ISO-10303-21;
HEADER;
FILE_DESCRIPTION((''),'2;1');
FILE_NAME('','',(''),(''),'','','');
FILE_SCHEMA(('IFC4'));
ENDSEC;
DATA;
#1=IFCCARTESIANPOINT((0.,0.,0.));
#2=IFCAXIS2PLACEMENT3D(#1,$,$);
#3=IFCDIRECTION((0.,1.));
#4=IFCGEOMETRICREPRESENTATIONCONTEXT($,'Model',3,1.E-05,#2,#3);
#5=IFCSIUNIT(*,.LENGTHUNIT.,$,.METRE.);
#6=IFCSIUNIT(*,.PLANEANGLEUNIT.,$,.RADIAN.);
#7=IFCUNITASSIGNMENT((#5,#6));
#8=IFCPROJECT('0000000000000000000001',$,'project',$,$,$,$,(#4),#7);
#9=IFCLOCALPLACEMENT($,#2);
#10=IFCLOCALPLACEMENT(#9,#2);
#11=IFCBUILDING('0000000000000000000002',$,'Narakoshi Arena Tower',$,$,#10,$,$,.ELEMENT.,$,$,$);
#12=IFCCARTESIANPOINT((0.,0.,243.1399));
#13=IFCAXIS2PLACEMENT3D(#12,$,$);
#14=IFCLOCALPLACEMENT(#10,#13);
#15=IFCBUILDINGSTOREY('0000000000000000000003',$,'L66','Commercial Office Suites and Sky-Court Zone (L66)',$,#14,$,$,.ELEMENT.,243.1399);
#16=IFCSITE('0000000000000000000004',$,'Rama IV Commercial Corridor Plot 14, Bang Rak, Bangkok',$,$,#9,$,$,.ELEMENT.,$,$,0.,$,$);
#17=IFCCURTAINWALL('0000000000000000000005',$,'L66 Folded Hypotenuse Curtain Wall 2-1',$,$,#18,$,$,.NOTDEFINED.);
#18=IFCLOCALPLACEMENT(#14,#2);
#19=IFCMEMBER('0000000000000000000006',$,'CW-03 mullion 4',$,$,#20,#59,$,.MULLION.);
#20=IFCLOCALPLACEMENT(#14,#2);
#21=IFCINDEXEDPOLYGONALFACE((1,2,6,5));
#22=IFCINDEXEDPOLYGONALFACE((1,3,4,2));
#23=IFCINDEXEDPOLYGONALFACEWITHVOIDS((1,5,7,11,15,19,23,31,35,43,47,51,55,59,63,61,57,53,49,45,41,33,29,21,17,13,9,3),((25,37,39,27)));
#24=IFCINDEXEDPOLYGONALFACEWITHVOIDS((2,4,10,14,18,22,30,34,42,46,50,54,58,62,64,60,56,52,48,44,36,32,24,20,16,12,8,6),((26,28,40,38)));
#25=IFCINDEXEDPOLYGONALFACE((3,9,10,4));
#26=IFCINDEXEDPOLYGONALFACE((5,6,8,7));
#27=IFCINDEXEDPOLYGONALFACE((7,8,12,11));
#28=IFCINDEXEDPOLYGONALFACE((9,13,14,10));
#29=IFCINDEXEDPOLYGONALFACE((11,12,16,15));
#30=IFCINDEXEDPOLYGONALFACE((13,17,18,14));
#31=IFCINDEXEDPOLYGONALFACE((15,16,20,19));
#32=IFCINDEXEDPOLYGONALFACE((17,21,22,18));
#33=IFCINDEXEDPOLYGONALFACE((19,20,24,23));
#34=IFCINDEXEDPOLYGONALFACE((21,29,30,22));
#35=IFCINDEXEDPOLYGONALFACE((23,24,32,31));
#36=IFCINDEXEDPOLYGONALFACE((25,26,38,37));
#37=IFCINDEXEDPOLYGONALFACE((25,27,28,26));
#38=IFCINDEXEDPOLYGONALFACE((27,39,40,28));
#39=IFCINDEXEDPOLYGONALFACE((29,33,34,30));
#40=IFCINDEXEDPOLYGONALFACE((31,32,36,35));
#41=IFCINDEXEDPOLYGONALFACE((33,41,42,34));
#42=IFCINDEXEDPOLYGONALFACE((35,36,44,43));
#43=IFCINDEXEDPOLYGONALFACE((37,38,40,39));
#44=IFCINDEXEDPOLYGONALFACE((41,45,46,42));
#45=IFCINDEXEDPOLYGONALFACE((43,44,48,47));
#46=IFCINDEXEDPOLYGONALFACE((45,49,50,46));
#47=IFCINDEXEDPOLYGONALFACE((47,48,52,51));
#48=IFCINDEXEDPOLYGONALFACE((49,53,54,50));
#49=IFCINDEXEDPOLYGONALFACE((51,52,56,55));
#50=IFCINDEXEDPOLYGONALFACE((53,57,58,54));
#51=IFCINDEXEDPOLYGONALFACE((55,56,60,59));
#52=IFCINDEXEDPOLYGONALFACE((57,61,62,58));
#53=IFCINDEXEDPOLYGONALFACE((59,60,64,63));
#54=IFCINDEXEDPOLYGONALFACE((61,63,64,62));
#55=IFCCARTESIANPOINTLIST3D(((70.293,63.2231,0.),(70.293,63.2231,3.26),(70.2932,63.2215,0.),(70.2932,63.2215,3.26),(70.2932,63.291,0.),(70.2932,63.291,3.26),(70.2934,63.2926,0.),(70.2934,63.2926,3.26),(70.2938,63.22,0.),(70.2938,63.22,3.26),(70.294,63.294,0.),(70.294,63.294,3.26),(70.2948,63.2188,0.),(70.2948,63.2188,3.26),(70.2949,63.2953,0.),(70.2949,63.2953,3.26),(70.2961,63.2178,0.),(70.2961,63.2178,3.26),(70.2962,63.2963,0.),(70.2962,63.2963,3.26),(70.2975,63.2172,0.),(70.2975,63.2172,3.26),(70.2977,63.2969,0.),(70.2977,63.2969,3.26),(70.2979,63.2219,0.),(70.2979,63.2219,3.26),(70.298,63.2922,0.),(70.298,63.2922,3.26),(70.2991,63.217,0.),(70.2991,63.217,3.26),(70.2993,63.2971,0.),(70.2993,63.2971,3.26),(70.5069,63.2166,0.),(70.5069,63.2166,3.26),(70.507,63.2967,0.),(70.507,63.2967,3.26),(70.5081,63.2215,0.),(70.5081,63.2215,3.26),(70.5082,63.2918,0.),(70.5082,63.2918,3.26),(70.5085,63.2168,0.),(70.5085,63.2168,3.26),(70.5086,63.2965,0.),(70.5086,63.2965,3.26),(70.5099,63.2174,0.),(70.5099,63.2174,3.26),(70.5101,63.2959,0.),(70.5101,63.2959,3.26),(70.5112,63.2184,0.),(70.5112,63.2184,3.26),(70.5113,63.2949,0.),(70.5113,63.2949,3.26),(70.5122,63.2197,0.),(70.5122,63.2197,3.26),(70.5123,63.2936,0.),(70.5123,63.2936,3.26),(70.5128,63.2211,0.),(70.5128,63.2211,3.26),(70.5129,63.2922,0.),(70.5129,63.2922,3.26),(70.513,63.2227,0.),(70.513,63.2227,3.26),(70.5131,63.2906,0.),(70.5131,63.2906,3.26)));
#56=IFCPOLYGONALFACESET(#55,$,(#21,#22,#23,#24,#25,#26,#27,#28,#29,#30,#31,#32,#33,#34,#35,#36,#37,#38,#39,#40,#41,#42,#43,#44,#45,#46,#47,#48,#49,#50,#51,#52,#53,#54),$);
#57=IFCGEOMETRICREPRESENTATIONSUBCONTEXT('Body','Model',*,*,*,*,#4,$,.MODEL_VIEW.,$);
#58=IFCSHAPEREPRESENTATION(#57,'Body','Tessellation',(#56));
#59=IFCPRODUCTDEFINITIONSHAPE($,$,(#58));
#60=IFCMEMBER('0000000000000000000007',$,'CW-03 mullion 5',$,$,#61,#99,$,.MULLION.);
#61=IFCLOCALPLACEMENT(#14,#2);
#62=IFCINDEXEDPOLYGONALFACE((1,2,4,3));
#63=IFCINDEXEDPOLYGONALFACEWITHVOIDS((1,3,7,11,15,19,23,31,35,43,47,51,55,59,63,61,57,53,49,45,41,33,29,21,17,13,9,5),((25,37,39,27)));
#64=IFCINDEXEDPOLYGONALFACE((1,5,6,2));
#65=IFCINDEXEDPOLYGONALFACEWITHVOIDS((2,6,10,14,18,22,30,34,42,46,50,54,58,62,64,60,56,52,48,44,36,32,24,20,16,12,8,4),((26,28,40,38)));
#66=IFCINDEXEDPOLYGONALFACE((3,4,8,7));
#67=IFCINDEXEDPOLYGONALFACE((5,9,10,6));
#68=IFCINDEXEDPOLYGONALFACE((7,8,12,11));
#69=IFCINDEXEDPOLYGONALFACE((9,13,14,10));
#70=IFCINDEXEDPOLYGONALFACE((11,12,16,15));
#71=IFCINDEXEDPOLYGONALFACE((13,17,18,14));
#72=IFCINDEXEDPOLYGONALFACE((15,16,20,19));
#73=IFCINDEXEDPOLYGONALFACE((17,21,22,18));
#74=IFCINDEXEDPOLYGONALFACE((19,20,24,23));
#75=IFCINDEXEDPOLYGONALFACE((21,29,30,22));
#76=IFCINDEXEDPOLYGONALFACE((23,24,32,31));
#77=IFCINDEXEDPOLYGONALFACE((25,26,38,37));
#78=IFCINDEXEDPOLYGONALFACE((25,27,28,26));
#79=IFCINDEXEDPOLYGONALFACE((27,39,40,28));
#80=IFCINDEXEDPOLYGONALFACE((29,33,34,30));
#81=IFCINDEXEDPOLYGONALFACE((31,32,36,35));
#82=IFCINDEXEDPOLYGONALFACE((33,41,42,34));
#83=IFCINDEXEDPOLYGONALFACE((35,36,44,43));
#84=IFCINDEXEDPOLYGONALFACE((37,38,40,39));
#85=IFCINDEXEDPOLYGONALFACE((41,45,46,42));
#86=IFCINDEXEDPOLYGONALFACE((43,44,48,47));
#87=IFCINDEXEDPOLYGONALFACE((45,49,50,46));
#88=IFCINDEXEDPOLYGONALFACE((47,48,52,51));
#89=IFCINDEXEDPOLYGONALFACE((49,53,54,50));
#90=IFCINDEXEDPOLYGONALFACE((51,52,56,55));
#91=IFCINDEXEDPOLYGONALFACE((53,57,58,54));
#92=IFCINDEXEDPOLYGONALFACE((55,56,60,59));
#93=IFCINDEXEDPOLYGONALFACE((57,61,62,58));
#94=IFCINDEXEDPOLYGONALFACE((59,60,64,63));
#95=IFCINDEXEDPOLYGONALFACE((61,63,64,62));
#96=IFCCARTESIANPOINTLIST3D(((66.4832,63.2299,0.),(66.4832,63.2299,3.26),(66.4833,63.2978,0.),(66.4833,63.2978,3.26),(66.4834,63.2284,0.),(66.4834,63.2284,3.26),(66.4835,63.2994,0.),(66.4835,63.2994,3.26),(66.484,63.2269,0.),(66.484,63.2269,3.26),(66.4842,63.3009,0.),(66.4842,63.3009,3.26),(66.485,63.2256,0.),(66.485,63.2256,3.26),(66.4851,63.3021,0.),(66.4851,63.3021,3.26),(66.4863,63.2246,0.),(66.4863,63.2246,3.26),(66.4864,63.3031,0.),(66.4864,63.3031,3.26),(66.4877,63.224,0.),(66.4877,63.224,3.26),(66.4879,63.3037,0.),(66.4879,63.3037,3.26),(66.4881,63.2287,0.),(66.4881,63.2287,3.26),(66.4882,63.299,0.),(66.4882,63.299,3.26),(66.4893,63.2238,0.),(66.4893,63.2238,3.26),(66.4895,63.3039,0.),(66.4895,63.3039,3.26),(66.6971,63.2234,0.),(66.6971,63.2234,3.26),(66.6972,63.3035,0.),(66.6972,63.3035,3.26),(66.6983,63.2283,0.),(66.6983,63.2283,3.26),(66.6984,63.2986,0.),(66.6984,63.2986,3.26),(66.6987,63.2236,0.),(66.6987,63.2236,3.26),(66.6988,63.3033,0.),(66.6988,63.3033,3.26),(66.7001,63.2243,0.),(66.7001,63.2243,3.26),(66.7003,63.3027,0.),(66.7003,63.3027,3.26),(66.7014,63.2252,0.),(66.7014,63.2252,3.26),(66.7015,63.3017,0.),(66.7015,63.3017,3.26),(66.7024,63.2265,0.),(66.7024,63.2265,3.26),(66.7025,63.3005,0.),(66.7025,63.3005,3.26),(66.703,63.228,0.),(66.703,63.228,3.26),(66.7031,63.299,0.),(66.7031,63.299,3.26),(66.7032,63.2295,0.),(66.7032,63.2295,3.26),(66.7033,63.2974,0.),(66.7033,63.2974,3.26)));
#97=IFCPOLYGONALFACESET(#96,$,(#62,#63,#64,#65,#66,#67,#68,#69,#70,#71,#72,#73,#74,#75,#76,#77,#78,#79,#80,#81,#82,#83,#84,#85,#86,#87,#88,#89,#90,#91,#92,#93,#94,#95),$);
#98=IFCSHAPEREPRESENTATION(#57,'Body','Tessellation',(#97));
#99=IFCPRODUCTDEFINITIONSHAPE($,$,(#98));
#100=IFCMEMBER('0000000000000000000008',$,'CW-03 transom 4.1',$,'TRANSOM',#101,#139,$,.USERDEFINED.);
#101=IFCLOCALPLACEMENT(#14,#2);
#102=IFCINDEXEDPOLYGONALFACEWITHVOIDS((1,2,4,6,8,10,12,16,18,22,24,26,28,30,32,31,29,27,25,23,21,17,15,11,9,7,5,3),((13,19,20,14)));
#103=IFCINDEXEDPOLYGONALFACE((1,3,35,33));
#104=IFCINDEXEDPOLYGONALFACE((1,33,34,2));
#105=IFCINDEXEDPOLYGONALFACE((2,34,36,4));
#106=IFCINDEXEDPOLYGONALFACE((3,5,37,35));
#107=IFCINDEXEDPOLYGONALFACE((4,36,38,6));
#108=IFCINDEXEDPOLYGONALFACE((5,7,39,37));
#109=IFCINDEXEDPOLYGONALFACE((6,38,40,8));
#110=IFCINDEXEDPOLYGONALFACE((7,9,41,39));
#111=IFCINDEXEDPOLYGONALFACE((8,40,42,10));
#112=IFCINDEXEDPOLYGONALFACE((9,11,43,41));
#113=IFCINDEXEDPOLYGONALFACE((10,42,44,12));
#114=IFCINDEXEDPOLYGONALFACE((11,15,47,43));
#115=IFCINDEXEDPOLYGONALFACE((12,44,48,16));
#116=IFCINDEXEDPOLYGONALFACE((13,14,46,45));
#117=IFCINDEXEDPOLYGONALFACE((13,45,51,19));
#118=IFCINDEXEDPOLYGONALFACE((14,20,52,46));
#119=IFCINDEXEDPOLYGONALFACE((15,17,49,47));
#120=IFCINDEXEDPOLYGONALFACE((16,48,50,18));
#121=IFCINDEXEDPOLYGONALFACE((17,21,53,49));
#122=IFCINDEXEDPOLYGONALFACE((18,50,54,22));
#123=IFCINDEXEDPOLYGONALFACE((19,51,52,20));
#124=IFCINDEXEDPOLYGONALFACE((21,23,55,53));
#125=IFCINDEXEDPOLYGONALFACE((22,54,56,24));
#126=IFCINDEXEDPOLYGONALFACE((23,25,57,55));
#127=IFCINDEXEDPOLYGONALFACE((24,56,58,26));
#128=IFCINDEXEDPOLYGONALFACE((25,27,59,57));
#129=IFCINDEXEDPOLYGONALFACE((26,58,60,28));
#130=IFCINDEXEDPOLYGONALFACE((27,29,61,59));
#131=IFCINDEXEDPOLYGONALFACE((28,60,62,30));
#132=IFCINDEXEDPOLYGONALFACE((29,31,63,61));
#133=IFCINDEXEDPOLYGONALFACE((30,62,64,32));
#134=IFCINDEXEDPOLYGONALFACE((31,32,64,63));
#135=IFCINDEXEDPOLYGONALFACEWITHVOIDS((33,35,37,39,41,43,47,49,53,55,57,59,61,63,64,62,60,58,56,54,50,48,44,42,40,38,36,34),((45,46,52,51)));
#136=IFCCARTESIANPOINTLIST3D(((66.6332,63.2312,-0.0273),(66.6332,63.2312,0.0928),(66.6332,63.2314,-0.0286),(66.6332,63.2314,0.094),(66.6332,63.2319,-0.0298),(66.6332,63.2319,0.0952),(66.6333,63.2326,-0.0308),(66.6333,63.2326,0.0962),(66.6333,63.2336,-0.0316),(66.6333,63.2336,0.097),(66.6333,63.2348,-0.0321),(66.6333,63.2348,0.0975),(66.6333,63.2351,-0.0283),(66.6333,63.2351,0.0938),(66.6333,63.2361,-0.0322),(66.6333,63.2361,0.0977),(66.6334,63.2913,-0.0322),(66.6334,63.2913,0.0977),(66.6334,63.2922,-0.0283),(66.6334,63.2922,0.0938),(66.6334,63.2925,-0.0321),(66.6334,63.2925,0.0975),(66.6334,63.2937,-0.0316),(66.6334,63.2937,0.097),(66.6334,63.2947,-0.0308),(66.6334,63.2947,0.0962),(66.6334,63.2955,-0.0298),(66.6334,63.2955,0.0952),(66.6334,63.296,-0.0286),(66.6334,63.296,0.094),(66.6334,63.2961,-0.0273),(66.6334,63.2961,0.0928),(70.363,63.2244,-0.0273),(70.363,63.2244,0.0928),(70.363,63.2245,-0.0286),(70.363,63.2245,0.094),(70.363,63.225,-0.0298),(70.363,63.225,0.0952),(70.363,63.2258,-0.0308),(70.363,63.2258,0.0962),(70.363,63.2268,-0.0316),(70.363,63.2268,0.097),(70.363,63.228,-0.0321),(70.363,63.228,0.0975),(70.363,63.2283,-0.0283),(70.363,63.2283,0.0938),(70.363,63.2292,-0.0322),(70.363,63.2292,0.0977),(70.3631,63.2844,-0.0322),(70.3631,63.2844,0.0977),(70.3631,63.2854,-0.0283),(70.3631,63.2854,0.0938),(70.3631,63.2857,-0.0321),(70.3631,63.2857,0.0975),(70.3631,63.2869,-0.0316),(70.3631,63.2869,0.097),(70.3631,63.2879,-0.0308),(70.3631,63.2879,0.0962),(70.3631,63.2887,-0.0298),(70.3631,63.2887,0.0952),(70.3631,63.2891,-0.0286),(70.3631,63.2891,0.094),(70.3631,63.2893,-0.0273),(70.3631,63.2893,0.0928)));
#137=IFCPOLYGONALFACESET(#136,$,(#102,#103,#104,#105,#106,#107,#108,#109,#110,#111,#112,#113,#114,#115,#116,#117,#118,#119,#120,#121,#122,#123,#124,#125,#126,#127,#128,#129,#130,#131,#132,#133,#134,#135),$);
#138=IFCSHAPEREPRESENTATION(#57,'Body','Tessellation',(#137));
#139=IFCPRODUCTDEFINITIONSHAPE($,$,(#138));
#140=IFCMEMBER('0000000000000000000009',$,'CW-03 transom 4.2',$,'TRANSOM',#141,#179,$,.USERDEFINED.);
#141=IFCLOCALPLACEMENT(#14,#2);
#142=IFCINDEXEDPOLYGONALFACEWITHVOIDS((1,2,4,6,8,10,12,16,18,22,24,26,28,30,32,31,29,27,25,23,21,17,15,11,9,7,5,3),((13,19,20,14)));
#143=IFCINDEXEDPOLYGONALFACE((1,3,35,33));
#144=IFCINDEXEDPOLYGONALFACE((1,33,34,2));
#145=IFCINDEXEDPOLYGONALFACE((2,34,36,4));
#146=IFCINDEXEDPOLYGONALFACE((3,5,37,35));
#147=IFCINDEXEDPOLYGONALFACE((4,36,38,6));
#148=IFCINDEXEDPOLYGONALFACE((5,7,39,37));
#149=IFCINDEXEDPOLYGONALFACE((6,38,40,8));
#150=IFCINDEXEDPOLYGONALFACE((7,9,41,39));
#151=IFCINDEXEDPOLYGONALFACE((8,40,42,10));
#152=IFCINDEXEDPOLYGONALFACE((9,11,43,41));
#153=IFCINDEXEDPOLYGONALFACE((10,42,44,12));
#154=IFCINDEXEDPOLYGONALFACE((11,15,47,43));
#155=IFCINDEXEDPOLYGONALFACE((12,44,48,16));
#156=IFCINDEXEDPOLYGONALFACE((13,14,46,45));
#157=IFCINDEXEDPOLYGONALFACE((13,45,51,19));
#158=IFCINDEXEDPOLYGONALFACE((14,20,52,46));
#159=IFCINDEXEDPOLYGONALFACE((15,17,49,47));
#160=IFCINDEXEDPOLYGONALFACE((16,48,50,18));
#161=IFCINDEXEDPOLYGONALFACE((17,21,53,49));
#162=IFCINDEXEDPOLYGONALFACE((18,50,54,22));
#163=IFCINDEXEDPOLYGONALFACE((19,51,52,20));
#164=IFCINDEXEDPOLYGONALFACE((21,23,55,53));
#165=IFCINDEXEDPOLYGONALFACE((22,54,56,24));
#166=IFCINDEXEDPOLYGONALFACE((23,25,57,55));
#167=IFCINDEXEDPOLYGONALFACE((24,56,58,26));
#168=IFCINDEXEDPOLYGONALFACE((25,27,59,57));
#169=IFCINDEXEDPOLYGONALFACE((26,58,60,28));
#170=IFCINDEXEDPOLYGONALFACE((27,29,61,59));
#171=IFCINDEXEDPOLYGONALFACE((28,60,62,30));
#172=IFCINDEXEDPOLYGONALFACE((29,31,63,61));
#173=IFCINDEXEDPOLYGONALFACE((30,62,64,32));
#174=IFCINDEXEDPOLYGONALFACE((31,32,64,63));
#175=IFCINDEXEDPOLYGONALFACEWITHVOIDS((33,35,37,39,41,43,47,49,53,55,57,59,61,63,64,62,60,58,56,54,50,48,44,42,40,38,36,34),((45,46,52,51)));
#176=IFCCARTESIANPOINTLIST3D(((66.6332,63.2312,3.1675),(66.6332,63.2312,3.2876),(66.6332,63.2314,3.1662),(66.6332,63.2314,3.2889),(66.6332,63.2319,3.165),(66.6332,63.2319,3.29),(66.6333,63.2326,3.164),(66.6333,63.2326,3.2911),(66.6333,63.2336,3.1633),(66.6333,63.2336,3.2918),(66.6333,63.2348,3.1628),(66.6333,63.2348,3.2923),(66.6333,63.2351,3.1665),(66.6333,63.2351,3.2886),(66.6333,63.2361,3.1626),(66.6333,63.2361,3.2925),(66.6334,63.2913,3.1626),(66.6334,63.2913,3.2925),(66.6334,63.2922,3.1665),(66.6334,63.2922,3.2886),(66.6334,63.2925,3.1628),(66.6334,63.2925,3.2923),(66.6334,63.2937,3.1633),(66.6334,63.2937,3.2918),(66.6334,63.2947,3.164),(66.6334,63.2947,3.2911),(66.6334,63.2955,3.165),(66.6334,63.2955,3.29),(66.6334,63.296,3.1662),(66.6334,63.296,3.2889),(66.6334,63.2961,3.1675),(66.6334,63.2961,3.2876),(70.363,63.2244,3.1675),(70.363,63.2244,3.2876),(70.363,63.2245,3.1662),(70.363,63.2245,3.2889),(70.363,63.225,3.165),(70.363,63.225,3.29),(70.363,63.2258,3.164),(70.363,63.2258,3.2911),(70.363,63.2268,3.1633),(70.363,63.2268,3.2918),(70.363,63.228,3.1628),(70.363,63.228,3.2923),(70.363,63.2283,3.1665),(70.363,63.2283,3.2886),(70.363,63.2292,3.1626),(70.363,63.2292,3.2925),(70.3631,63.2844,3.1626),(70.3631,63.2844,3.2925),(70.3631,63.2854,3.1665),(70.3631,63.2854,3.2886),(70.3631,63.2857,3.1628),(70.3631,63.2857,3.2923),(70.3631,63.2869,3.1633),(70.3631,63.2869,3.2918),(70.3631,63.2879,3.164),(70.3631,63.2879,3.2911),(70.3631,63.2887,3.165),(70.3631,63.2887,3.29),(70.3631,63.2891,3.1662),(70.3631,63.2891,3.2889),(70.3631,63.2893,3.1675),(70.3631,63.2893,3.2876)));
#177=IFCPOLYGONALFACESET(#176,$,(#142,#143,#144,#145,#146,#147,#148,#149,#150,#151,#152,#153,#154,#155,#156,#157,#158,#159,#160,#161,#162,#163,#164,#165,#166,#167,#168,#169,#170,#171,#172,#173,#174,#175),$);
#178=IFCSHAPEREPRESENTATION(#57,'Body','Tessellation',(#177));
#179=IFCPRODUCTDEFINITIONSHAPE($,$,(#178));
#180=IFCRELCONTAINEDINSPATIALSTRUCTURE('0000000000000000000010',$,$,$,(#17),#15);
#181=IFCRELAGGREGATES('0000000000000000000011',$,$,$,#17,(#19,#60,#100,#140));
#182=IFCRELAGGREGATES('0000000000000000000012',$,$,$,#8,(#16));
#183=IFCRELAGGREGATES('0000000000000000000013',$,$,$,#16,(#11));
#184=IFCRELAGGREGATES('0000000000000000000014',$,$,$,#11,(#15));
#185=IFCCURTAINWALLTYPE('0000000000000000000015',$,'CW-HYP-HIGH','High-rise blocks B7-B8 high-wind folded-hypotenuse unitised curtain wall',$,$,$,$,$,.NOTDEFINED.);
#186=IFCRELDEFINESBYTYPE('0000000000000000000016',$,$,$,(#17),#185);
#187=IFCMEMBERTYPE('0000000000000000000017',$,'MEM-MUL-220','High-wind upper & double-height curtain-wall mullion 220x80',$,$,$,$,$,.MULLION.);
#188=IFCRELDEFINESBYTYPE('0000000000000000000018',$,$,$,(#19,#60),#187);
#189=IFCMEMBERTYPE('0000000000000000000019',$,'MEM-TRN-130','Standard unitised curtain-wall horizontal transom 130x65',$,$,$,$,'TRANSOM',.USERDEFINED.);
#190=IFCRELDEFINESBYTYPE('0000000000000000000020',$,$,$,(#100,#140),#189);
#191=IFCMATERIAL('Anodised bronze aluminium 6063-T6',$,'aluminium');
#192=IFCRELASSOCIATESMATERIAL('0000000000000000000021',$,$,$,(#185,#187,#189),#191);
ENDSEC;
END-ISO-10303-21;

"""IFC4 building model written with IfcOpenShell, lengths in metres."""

from ifc_helpers import new_model, si_unit, direction, frame, origin, origin_2d, place, context, subcontext, project, spatial, hollow_rectangle, extrude, material, material_profile, profile_set, type_object, element, aggregate, save


model = new_model("IFC4")

# Units and contexts
model_context = context("Model", 3, precision=1e-05, world=origin(), true_north=direction((0.0, 1.0)))
body_context = subcontext(model_context, "Body", "Model", "MODEL_VIEW")
ifc_project = project(units=[si_unit("LENGTHUNIT", "METRE"), si_unit("PLANEANGLEUNIT", "RADIAN")], contexts=[model_context])

# Site, building, storey
site_placement = place(None, origin())
site = spatial("IfcSite", under=ifc_project, at=site_placement, Name="Rama IV Commercial Corridor Plot 14, Bang Rak, Bangkok", CompositionType="ELEMENT", RefElevation=0.0)
building_placement = place(site_placement, origin())
building = spatial("IfcBuilding", under=site, at=building_placement, Name="Narakoshi Arena Tower", CompositionType="ELEMENT")
storey_placement = place(building_placement, frame((0.0, 0.0, 243.1399)))
storey = spatial("IfcBuildingStorey", under=building, at=storey_placement, Name="L66", Description="Commercial Office Suites and Sky-Court Zone (L66)", CompositionType="ELEMENT", Elevation=243.1399)

# Curtain wall, members
ifc_material_1 = material(Name="Anodised bronze aluminium 6063-T6", Category="aluminium")
curtain_wall_type = type_object("IfcCurtainWallType", Name="CW-HYP-HIGH", Description="High-rise blocks B7-B8 high-wind folded-hypotenuse unitised curtain wall", PredefinedType="NOTDEFINED", material=ifc_material_1)
curtain_wall_placement = place(storey_placement, origin())
curtain_wall = element("IfcCurtainWall", 1, at=curtain_wall_placement, inside=storey, type_object=curtain_wall_type, Name="L66 Folded Hypotenuse Curtain Wall 2-1", PredefinedType="NOTDEFINED")
ifc_material_profile_1 = material_profile(ifc_material_1, hollow_rectangle(XDim=0.0801, YDim=0.22, WallThickness=0.0049, OuterFilletRadius=0.0061, at=origin_2d()), Name="MUL220x80x5")
ifc_profile_set_1 = profile_set([ifc_material_profile_1], Name="Anodised bronze aluminium 6063-T6")
member_type_1 = type_object("IfcMemberType", Name="MEM-MUL-220", Description="High-wind upper & double-height curtain-wall mullion 220x80", PredefinedType="MULLION", material=ifc_profile_set_1)
member_1_placement = place(storey_placement, frame((70.4031, 63.2568, 0.0), z_axis=(0.0, 0.0, 1.0), x_axis=(-0.00182, -0.999998, 0.0)))
member_1 = element("IfcMember", 2, at=member_1_placement, type_object=member_type_1, Name="CW-03 mullion 4", PredefinedType="MULLION", context=body_context, shape_type="SweptSolid", body=[
    extrude(hollow_rectangle(XDim=0.0801, YDim=0.22, WallThickness=0.0049, OuterFilletRadius=0.0061, at=origin_2d()), origin(), (0.0, 0.0, 1.0), 3.26),
])
member_2_placement = place(storey_placement, frame((66.5933, 63.2637, 0.0), z_axis=(0.0, 0.0, 1.0), x_axis=(-0.00182, -0.999998, 0.0)))
member_2 = element("IfcMember", 3, at=member_2_placement, type_object=member_type_1, Name="CW-03 mullion 5", PredefinedType="MULLION", context=body_context, shape_type="SweptSolid", body=[
    extrude(hollow_rectangle(XDim=0.0801, YDim=0.22, WallThickness=0.0049, OuterFilletRadius=0.0061, at=origin_2d()), origin(), (0.0, 0.0, 1.0), 3.26),
])
ifc_material_profile_2 = material_profile(ifc_material_1, hollow_rectangle(XDim=0.0649, YDim=0.1299, WallThickness=0.0039, OuterFilletRadius=0.0049, at=origin_2d()), Name="TRN130x65x4")
ifc_profile_set_2 = profile_set([ifc_material_profile_2], Name="Anodised bronze aluminium 6063-T6")
member_type_2 = type_object("IfcMemberType", Name="MEM-TRN-130", Description="Standard unitised curtain-wall horizontal transom 130x65", ElementType="TRANSOM", PredefinedType="USERDEFINED", material=ifc_profile_set_2)
member_3_placement = place(storey_placement, frame((70.363, 63.2568, 0.0327), z_axis=(-0.999998, 0.001833, 0.0), x_axis=(-0.001833, -0.999998, 0.0)))
member_3 = element("IfcMember", 4, at=member_3_placement, type_object=member_type_2, Name="CW-03 transom 4.1", ObjectType="TRANSOM", PredefinedType="USERDEFINED", context=body_context, shape_type="SweptSolid", body=[
    extrude(hollow_rectangle(XDim=0.0649, YDim=0.1299, WallThickness=0.0039, OuterFilletRadius=0.0049, at=origin_2d()), origin(), (0.0, 0.0, 1.0), 3.7297),
])
member_4_placement = place(storey_placement, frame((70.363, 63.2568, 3.2275), z_axis=(-0.999998, 0.001833, 0.0), x_axis=(-0.001833, -0.999998, 0.0)))
member_4 = element("IfcMember", 5, at=member_4_placement, type_object=member_type_2, Name="CW-03 transom 4.2", ObjectType="TRANSOM", PredefinedType="USERDEFINED", context=body_context, shape_type="SweptSolid", body=[
    extrude(hollow_rectangle(XDim=0.0649, YDim=0.1299, WallThickness=0.0039, OuterFilletRadius=0.0049, at=origin_2d()), origin(), (0.0, 0.0, 1.0), 3.7297),
])
aggregate(curtain_wall, [member_1, member_2, member_3, member_4])

save(model, "model.ifc")
